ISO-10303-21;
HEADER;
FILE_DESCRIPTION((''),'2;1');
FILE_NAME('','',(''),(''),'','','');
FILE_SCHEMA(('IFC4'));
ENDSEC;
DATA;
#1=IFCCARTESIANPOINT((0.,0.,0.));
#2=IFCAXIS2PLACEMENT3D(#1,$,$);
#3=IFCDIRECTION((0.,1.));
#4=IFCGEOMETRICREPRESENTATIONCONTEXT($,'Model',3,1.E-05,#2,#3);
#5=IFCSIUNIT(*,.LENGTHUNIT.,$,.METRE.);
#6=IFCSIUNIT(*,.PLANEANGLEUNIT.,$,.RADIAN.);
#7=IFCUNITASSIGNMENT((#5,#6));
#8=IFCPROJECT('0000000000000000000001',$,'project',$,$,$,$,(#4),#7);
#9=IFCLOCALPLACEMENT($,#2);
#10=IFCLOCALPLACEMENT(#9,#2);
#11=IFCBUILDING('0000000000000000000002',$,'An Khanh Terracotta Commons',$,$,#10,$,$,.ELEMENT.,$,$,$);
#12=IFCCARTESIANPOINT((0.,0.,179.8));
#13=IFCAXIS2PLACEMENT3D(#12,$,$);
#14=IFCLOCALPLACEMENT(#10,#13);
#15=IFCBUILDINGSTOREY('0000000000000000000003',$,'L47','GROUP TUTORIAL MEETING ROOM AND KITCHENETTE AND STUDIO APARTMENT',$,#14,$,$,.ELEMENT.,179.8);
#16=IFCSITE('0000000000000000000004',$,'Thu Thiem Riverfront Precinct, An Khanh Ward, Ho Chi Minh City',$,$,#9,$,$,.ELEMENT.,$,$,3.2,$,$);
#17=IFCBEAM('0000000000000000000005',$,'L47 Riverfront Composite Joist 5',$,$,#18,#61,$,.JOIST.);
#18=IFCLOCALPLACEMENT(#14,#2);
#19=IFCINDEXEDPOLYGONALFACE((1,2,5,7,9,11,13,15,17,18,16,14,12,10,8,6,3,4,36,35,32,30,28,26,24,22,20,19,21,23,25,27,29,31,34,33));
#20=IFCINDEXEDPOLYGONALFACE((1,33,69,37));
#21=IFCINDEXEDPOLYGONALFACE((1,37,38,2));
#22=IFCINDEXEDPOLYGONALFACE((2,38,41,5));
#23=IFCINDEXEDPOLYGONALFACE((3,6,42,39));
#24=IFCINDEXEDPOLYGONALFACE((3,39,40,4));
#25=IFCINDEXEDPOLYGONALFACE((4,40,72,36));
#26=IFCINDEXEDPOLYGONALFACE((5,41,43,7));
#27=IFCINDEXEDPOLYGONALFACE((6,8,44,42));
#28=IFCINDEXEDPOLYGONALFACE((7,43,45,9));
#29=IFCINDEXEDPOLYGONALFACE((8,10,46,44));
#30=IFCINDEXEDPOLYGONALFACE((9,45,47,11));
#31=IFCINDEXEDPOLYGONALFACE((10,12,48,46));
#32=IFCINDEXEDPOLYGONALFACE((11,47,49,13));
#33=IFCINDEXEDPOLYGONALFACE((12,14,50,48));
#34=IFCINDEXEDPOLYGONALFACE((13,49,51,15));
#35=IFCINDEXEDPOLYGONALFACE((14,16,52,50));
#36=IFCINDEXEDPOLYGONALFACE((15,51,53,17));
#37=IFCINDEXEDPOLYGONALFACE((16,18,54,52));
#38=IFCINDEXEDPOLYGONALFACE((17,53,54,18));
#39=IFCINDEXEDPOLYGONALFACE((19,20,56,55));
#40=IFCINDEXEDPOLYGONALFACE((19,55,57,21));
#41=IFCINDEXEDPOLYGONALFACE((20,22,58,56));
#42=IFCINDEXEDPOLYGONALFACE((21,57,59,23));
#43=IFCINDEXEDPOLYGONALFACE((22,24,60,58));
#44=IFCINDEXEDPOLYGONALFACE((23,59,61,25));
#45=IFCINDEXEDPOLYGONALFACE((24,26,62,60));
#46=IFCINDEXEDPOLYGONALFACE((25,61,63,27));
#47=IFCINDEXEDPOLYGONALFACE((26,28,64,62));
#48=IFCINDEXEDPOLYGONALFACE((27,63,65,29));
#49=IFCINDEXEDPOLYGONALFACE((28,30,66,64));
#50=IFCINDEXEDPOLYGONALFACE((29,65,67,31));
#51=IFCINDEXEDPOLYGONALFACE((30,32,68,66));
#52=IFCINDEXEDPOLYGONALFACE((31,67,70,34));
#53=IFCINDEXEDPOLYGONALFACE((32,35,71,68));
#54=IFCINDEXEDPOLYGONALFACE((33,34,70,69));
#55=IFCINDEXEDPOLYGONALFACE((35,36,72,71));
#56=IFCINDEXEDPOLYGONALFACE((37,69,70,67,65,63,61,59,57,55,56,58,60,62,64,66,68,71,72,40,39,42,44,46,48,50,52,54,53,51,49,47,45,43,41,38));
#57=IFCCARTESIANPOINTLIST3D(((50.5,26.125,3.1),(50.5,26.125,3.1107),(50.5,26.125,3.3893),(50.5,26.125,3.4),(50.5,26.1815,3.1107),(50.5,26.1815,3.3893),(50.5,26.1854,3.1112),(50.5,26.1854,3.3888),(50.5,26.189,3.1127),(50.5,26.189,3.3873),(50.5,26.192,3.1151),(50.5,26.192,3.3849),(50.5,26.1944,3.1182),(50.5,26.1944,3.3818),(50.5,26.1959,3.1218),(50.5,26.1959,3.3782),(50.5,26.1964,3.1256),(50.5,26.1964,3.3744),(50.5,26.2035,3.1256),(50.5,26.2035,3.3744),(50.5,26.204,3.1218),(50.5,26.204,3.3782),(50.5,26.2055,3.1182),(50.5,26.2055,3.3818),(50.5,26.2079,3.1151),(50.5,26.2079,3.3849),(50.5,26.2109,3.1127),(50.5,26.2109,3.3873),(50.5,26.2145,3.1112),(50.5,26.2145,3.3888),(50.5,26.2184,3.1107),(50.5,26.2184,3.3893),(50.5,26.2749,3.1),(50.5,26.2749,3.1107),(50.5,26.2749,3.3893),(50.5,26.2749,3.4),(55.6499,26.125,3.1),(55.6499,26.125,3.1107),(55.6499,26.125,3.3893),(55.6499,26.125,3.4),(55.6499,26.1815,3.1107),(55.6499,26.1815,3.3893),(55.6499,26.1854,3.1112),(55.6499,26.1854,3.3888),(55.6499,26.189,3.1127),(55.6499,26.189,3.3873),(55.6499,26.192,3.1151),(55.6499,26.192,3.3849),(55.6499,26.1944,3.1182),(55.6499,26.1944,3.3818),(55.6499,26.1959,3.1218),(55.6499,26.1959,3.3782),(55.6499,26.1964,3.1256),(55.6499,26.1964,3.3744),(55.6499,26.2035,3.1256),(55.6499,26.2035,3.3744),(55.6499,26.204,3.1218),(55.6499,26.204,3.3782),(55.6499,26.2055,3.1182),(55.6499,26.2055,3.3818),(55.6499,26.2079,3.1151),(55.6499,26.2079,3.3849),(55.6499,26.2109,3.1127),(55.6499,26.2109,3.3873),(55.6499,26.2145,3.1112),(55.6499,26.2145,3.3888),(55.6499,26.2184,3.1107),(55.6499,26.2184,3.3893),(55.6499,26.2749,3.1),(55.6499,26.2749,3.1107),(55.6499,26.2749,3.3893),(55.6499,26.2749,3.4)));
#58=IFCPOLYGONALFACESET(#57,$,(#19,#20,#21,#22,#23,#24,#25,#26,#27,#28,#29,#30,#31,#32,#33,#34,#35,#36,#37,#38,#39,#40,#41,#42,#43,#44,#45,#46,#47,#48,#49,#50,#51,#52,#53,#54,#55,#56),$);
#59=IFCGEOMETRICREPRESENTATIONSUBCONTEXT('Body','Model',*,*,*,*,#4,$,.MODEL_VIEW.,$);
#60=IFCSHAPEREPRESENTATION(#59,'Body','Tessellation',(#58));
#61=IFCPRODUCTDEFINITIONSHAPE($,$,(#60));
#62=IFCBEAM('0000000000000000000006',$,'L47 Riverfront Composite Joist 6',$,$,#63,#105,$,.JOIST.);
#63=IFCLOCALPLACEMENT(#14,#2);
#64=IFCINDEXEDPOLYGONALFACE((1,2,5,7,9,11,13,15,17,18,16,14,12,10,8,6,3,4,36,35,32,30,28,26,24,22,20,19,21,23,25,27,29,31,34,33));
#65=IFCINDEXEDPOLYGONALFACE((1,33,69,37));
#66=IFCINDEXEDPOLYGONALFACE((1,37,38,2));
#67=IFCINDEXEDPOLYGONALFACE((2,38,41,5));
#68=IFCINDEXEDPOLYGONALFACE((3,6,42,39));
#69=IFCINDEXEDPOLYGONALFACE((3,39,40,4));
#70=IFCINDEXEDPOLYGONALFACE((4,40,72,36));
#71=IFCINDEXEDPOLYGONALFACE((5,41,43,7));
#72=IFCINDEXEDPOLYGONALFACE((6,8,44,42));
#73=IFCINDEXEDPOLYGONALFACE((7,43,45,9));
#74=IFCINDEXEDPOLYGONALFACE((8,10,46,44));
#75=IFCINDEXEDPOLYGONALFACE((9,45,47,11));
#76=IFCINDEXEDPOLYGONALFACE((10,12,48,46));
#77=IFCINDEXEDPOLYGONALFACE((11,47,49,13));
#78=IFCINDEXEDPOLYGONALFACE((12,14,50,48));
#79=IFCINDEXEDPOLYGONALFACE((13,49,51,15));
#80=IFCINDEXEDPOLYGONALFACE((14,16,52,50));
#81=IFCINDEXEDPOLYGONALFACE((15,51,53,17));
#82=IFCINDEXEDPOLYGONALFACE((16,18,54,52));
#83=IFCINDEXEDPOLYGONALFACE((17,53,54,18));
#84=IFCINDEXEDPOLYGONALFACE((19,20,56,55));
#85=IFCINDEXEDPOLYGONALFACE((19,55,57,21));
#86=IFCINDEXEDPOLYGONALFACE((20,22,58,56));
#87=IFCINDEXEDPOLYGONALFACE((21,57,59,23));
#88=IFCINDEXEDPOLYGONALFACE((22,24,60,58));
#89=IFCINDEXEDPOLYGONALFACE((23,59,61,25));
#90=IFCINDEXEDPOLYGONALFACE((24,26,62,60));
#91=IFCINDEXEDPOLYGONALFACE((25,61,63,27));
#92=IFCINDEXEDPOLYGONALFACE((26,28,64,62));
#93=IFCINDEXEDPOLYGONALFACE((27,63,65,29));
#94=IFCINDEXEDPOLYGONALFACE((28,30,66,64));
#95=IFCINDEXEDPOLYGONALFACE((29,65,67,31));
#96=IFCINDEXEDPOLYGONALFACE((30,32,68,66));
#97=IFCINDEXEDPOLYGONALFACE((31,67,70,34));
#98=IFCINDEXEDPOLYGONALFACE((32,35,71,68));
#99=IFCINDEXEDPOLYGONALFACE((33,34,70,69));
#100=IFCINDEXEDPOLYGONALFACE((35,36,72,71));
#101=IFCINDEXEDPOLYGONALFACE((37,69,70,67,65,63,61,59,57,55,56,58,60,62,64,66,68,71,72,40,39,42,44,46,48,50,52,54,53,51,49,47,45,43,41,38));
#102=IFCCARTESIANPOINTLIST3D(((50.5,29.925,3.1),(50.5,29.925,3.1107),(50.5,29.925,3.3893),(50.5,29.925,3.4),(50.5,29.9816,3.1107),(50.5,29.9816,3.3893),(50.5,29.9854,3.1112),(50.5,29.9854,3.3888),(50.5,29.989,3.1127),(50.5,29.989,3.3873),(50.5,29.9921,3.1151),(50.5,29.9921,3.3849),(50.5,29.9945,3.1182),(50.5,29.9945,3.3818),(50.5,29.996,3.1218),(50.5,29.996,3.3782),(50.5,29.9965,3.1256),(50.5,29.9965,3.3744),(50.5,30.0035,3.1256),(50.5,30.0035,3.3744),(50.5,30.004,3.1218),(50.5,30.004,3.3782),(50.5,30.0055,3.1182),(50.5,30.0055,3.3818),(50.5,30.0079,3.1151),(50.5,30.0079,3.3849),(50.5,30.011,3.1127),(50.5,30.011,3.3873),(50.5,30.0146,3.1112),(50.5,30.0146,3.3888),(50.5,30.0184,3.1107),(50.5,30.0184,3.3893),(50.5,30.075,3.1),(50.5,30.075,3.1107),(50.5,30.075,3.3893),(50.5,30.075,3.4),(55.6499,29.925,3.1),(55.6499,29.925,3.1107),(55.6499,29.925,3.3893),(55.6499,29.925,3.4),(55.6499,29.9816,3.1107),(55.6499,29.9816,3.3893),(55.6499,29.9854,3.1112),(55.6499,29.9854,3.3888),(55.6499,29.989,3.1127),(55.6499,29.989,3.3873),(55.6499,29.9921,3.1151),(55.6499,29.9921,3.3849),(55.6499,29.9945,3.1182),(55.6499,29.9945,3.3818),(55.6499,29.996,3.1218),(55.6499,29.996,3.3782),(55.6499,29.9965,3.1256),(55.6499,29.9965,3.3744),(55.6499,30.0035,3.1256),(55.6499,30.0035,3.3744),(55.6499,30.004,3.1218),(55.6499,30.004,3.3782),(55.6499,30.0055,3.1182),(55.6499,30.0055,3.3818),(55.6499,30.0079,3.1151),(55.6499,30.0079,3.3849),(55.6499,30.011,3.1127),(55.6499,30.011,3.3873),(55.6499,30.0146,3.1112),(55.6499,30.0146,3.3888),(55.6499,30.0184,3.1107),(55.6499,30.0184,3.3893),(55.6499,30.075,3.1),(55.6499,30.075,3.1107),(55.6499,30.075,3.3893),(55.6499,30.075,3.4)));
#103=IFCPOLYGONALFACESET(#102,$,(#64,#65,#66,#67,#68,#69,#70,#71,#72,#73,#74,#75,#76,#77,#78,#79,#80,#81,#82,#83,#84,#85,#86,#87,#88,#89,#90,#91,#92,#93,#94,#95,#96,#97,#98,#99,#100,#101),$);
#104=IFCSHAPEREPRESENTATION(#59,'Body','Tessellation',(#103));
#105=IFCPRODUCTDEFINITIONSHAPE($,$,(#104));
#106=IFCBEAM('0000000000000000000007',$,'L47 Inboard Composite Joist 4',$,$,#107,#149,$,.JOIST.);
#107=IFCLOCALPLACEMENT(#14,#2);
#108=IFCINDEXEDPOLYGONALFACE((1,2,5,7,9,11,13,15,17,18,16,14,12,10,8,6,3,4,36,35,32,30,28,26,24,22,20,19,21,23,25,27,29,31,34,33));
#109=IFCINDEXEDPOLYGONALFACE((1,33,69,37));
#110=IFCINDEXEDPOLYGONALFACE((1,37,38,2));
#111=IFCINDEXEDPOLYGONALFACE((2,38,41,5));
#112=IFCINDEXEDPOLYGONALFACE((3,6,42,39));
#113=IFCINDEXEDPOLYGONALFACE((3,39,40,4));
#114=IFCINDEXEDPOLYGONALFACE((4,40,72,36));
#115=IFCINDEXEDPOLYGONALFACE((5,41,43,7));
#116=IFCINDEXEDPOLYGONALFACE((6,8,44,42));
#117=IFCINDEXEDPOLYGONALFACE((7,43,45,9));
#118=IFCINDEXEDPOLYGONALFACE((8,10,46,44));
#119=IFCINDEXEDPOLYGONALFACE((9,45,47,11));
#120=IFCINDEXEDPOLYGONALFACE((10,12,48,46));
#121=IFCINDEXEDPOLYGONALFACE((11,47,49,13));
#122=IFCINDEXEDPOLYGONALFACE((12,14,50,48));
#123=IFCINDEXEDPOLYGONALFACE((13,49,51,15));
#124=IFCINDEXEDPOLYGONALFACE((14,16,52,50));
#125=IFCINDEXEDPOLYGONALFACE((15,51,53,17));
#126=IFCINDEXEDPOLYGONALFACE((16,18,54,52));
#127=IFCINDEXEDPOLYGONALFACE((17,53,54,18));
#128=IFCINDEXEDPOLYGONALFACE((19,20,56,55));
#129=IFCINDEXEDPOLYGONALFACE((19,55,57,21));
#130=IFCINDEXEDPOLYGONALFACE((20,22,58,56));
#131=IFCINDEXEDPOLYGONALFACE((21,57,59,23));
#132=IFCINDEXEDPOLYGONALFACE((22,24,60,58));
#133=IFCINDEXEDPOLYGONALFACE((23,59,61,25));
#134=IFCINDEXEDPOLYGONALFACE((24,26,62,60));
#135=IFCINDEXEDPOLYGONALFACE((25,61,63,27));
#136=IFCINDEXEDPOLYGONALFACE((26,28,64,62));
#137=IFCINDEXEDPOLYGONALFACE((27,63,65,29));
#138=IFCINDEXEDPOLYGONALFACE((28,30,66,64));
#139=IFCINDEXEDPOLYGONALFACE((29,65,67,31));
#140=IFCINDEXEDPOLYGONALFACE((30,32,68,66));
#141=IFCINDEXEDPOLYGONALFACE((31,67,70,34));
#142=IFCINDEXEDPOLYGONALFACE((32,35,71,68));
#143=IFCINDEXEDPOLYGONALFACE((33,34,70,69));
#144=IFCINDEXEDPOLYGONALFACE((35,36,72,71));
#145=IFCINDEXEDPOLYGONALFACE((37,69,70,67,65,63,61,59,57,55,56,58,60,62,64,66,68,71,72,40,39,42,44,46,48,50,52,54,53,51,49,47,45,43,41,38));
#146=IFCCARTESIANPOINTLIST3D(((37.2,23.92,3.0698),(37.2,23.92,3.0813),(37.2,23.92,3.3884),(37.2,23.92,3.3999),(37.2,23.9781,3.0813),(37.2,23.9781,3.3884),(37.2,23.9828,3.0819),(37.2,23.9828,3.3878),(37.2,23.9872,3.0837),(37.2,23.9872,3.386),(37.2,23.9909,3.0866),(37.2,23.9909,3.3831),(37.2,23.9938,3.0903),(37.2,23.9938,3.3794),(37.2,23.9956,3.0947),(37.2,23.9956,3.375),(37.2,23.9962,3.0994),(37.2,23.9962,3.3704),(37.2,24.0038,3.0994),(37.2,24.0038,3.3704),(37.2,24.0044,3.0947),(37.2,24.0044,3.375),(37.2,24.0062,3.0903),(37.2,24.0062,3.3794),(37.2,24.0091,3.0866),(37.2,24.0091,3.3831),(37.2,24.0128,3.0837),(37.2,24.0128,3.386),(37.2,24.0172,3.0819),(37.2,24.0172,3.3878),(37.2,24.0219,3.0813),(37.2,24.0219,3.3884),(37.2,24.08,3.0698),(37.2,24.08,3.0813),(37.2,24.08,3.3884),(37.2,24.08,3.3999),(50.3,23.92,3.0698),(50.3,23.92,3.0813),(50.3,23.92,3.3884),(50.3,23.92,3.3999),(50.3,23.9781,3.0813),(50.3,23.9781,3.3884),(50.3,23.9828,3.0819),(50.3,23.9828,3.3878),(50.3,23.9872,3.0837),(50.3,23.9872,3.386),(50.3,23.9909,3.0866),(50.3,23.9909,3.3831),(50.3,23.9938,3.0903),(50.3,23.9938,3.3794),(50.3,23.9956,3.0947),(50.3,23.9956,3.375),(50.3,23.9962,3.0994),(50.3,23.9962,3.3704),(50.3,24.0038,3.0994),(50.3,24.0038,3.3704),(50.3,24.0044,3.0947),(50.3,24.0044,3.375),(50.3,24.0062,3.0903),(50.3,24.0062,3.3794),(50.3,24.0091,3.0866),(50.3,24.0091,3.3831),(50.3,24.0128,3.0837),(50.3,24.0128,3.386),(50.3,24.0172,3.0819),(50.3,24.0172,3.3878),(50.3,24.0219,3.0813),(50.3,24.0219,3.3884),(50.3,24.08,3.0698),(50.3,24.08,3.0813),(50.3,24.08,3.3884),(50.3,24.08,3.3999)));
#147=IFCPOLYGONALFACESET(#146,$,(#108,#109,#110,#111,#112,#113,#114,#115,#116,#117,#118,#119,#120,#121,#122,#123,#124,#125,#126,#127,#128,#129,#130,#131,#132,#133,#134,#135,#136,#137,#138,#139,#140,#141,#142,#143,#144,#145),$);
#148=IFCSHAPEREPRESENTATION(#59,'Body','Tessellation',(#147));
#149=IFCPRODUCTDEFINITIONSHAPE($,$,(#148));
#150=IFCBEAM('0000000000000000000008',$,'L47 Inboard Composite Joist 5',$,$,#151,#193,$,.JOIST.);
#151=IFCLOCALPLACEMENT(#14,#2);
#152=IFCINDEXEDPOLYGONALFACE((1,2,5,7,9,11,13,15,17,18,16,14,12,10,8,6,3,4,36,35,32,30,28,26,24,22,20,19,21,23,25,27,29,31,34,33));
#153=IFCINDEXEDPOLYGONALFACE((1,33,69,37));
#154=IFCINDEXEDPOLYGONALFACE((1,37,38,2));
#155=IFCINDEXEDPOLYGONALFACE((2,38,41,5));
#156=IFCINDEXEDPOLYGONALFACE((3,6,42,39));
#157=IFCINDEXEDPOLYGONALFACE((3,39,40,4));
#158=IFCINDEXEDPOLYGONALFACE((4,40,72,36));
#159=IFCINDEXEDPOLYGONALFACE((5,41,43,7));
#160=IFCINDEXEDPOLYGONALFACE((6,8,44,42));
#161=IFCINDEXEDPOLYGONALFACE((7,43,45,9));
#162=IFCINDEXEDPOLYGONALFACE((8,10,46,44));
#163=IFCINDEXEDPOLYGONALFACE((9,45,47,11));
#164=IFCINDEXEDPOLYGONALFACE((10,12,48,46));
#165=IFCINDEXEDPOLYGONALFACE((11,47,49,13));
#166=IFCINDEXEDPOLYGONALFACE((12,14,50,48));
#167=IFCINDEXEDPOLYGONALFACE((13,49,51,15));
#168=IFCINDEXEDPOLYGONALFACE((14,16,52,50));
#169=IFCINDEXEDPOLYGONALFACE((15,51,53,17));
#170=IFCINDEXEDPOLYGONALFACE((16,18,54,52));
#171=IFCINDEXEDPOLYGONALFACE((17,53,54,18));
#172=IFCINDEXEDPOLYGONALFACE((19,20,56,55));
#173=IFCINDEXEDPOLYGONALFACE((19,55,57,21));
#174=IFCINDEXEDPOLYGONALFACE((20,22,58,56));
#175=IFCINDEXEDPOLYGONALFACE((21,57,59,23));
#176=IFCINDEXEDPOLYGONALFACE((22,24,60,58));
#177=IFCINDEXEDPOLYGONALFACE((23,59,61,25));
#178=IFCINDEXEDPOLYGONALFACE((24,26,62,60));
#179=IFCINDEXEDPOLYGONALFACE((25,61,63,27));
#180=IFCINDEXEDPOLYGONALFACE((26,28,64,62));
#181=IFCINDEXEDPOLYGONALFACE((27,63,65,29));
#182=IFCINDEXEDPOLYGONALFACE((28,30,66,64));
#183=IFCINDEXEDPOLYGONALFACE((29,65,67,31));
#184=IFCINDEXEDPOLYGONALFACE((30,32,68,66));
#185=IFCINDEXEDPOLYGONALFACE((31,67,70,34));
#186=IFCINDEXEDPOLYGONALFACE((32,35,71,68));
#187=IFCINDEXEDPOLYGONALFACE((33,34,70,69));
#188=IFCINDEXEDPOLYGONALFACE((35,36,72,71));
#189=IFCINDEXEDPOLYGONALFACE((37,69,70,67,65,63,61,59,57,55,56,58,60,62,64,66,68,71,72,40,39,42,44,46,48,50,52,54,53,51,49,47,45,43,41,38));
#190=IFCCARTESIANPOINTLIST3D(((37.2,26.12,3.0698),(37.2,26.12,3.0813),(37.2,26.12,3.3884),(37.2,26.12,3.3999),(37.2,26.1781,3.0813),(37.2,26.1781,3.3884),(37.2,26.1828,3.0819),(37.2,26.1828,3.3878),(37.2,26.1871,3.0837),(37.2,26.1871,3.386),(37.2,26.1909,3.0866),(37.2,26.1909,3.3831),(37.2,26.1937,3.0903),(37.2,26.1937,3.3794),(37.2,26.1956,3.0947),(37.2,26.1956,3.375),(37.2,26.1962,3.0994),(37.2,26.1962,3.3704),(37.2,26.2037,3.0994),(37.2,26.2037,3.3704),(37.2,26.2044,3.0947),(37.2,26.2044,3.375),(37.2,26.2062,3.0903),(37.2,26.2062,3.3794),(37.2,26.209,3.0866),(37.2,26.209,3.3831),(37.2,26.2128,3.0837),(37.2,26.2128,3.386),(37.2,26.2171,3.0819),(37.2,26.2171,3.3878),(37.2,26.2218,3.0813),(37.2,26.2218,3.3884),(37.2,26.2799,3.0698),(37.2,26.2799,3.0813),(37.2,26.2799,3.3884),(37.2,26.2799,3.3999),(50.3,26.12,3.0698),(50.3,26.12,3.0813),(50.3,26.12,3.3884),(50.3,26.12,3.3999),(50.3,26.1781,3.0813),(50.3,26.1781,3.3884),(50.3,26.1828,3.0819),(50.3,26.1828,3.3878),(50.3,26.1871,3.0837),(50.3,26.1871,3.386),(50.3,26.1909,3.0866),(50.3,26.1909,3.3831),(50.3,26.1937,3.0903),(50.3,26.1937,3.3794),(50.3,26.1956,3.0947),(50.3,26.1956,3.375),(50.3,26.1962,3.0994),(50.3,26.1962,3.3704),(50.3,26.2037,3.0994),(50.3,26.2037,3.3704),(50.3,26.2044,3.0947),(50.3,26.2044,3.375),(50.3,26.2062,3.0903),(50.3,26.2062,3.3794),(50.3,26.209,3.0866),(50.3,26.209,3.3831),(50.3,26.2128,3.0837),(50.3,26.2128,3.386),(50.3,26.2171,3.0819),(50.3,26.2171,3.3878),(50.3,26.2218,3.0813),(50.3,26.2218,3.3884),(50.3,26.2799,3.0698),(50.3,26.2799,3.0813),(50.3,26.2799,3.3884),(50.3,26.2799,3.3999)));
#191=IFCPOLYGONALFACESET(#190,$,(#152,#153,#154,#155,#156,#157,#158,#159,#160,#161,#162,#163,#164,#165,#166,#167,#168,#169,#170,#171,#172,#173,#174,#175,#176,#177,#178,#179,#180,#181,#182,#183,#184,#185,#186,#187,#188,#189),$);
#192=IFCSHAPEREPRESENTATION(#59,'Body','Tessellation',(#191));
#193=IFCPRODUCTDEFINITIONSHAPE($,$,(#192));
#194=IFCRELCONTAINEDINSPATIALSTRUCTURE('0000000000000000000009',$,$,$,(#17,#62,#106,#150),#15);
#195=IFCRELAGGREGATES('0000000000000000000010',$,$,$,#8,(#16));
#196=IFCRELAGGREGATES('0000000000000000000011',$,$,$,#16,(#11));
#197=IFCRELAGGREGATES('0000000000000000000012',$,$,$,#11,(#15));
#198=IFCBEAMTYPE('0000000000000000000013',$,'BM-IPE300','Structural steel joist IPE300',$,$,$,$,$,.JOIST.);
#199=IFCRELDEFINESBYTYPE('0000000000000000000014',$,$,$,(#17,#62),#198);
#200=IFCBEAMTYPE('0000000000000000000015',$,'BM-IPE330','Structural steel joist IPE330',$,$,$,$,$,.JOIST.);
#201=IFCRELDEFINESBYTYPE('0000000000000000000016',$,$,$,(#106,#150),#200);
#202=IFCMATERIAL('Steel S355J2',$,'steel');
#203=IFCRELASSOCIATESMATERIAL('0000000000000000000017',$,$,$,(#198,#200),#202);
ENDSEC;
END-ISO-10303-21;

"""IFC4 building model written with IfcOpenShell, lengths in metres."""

from ifc_helpers import new_model, si_unit, direction, frame, origin, origin_2d, place, context, subcontext, project, spatial, i_section, extrude, material, material_profile, profile_set, type_object, element, save


model = new_model("IFC4")

# Units and contexts
model_context = context("Model", 3, precision=1e-05, world=origin(), true_north=direction((0.0, 1.0)))
body_context = subcontext(model_context, "Body", "Model", "MODEL_VIEW")
ifc_project = project(units=[si_unit("LENGTHUNIT", "METRE"), si_unit("PLANEANGLEUNIT", "RADIAN")], contexts=[model_context])

# Site, building, storey
site_placement = place(None, origin())
site = spatial("IfcSite", under=ifc_project, at=site_placement, Name="Thu Thiem Riverfront Precinct, An Khanh Ward, Ho Chi Minh City", CompositionType="ELEMENT", RefElevation=3.2)
building_placement = place(site_placement, origin())
building = spatial("IfcBuilding", under=site, at=building_placement, Name="An Khanh Terracotta Commons", CompositionType="ELEMENT")
storey_placement = place(building_placement, frame((0.0, 0.0, 179.8)))
storey = spatial("IfcBuildingStorey", under=building, at=storey_placement, Name="L47", Description="GROUP TUTORIAL MEETING ROOM AND KITCHENETTE AND STUDIO APARTMENT", CompositionType="ELEMENT", Elevation=179.8)

# Beams
ifc_material_1 = material(Name="Steel S355J2", Category="steel")
ifc_material_profile_1 = material_profile(ifc_material_1, i_section(OverallWidth=0.1499, OverallDepth=0.3, WebThickness=0.0071, FlangeThickness=0.0107, FilletRadius=0.0149, at=origin_2d()), Name="IPE300")
ifc_profile_set_1 = profile_set([ifc_material_profile_1], Name="Steel S355J2")
beam_type_1 = type_object("IfcBeamType", Name="BM-IPE300", Description="Structural steel joist IPE300", PredefinedType="JOIST", material=ifc_profile_set_1)
for number, where, z_axis, x_axis, name in (
    (1, (50.5, 26.2, 3.25), (1.0, 0.0, 0.0), (0.0, 1.0, 0.0), "L47 Riverfront Composite Joist 5"),
    (2, (50.5, 30.0, 3.25), (1.0, 0.0, 0.0), (0.0, 1.0, 0.0), "L47 Riverfront Composite Joist 6"),
):
    element("IfcBeam", number, at=place(storey_placement, frame(where, z_axis=z_axis, x_axis=x_axis)), inside=storey, type_object=beam_type_1, Name=name, PredefinedType="JOIST", context=body_context, shape_type="SweptSolid", body=[
        extrude(i_section(OverallWidth=0.1499, OverallDepth=0.3, WebThickness=0.0071, FlangeThickness=0.0107, FilletRadius=0.0149, at=origin_2d()), origin(), (0.0, 0.0, 1.0), 5.1499),
    ])
ifc_material_profile_2 = material_profile(ifc_material_1, i_section(OverallWidth=0.1599, OverallDepth=0.3301, WebThickness=0.0076, FlangeThickness=0.0115, FilletRadius=0.0181, at=origin_2d()), Name="IPE330")
ifc_profile_set_2 = profile_set([ifc_material_profile_2], Name="Steel S355J2")
beam_type_2 = type_object("IfcBeamType", Name="BM-IPE330", Description="Structural steel joist IPE330", PredefinedType="JOIST", material=ifc_profile_set_2)
for number, where, z_axis, x_axis, name in (
    (3, (37.2, 24.0, 3.2349), (1.0, 0.0, 0.0), (0.0, 1.0, 0.0), "L47 Inboard Composite Joist 4"),
    (4, (37.2, 26.2, 3.2349), (1.0, 0.0, 0.0), (0.0, 1.0, 0.0), "L47 Inboard Composite Joist 5"),
):
    element("IfcBeam", number, at=place(storey_placement, frame(where, z_axis=z_axis, x_axis=x_axis)), inside=storey, type_object=beam_type_2, Name=name, PredefinedType="JOIST", context=body_context, shape_type="SweptSolid", body=[
        extrude(i_section(OverallWidth=0.1599, OverallDepth=0.3301, WebThickness=0.0076, FlangeThickness=0.0115, FilletRadius=0.0181, at=origin_2d()), origin(), (0.0, 0.0, 1.0), 13.1001),
    ])

save(model, "model.ifc")
